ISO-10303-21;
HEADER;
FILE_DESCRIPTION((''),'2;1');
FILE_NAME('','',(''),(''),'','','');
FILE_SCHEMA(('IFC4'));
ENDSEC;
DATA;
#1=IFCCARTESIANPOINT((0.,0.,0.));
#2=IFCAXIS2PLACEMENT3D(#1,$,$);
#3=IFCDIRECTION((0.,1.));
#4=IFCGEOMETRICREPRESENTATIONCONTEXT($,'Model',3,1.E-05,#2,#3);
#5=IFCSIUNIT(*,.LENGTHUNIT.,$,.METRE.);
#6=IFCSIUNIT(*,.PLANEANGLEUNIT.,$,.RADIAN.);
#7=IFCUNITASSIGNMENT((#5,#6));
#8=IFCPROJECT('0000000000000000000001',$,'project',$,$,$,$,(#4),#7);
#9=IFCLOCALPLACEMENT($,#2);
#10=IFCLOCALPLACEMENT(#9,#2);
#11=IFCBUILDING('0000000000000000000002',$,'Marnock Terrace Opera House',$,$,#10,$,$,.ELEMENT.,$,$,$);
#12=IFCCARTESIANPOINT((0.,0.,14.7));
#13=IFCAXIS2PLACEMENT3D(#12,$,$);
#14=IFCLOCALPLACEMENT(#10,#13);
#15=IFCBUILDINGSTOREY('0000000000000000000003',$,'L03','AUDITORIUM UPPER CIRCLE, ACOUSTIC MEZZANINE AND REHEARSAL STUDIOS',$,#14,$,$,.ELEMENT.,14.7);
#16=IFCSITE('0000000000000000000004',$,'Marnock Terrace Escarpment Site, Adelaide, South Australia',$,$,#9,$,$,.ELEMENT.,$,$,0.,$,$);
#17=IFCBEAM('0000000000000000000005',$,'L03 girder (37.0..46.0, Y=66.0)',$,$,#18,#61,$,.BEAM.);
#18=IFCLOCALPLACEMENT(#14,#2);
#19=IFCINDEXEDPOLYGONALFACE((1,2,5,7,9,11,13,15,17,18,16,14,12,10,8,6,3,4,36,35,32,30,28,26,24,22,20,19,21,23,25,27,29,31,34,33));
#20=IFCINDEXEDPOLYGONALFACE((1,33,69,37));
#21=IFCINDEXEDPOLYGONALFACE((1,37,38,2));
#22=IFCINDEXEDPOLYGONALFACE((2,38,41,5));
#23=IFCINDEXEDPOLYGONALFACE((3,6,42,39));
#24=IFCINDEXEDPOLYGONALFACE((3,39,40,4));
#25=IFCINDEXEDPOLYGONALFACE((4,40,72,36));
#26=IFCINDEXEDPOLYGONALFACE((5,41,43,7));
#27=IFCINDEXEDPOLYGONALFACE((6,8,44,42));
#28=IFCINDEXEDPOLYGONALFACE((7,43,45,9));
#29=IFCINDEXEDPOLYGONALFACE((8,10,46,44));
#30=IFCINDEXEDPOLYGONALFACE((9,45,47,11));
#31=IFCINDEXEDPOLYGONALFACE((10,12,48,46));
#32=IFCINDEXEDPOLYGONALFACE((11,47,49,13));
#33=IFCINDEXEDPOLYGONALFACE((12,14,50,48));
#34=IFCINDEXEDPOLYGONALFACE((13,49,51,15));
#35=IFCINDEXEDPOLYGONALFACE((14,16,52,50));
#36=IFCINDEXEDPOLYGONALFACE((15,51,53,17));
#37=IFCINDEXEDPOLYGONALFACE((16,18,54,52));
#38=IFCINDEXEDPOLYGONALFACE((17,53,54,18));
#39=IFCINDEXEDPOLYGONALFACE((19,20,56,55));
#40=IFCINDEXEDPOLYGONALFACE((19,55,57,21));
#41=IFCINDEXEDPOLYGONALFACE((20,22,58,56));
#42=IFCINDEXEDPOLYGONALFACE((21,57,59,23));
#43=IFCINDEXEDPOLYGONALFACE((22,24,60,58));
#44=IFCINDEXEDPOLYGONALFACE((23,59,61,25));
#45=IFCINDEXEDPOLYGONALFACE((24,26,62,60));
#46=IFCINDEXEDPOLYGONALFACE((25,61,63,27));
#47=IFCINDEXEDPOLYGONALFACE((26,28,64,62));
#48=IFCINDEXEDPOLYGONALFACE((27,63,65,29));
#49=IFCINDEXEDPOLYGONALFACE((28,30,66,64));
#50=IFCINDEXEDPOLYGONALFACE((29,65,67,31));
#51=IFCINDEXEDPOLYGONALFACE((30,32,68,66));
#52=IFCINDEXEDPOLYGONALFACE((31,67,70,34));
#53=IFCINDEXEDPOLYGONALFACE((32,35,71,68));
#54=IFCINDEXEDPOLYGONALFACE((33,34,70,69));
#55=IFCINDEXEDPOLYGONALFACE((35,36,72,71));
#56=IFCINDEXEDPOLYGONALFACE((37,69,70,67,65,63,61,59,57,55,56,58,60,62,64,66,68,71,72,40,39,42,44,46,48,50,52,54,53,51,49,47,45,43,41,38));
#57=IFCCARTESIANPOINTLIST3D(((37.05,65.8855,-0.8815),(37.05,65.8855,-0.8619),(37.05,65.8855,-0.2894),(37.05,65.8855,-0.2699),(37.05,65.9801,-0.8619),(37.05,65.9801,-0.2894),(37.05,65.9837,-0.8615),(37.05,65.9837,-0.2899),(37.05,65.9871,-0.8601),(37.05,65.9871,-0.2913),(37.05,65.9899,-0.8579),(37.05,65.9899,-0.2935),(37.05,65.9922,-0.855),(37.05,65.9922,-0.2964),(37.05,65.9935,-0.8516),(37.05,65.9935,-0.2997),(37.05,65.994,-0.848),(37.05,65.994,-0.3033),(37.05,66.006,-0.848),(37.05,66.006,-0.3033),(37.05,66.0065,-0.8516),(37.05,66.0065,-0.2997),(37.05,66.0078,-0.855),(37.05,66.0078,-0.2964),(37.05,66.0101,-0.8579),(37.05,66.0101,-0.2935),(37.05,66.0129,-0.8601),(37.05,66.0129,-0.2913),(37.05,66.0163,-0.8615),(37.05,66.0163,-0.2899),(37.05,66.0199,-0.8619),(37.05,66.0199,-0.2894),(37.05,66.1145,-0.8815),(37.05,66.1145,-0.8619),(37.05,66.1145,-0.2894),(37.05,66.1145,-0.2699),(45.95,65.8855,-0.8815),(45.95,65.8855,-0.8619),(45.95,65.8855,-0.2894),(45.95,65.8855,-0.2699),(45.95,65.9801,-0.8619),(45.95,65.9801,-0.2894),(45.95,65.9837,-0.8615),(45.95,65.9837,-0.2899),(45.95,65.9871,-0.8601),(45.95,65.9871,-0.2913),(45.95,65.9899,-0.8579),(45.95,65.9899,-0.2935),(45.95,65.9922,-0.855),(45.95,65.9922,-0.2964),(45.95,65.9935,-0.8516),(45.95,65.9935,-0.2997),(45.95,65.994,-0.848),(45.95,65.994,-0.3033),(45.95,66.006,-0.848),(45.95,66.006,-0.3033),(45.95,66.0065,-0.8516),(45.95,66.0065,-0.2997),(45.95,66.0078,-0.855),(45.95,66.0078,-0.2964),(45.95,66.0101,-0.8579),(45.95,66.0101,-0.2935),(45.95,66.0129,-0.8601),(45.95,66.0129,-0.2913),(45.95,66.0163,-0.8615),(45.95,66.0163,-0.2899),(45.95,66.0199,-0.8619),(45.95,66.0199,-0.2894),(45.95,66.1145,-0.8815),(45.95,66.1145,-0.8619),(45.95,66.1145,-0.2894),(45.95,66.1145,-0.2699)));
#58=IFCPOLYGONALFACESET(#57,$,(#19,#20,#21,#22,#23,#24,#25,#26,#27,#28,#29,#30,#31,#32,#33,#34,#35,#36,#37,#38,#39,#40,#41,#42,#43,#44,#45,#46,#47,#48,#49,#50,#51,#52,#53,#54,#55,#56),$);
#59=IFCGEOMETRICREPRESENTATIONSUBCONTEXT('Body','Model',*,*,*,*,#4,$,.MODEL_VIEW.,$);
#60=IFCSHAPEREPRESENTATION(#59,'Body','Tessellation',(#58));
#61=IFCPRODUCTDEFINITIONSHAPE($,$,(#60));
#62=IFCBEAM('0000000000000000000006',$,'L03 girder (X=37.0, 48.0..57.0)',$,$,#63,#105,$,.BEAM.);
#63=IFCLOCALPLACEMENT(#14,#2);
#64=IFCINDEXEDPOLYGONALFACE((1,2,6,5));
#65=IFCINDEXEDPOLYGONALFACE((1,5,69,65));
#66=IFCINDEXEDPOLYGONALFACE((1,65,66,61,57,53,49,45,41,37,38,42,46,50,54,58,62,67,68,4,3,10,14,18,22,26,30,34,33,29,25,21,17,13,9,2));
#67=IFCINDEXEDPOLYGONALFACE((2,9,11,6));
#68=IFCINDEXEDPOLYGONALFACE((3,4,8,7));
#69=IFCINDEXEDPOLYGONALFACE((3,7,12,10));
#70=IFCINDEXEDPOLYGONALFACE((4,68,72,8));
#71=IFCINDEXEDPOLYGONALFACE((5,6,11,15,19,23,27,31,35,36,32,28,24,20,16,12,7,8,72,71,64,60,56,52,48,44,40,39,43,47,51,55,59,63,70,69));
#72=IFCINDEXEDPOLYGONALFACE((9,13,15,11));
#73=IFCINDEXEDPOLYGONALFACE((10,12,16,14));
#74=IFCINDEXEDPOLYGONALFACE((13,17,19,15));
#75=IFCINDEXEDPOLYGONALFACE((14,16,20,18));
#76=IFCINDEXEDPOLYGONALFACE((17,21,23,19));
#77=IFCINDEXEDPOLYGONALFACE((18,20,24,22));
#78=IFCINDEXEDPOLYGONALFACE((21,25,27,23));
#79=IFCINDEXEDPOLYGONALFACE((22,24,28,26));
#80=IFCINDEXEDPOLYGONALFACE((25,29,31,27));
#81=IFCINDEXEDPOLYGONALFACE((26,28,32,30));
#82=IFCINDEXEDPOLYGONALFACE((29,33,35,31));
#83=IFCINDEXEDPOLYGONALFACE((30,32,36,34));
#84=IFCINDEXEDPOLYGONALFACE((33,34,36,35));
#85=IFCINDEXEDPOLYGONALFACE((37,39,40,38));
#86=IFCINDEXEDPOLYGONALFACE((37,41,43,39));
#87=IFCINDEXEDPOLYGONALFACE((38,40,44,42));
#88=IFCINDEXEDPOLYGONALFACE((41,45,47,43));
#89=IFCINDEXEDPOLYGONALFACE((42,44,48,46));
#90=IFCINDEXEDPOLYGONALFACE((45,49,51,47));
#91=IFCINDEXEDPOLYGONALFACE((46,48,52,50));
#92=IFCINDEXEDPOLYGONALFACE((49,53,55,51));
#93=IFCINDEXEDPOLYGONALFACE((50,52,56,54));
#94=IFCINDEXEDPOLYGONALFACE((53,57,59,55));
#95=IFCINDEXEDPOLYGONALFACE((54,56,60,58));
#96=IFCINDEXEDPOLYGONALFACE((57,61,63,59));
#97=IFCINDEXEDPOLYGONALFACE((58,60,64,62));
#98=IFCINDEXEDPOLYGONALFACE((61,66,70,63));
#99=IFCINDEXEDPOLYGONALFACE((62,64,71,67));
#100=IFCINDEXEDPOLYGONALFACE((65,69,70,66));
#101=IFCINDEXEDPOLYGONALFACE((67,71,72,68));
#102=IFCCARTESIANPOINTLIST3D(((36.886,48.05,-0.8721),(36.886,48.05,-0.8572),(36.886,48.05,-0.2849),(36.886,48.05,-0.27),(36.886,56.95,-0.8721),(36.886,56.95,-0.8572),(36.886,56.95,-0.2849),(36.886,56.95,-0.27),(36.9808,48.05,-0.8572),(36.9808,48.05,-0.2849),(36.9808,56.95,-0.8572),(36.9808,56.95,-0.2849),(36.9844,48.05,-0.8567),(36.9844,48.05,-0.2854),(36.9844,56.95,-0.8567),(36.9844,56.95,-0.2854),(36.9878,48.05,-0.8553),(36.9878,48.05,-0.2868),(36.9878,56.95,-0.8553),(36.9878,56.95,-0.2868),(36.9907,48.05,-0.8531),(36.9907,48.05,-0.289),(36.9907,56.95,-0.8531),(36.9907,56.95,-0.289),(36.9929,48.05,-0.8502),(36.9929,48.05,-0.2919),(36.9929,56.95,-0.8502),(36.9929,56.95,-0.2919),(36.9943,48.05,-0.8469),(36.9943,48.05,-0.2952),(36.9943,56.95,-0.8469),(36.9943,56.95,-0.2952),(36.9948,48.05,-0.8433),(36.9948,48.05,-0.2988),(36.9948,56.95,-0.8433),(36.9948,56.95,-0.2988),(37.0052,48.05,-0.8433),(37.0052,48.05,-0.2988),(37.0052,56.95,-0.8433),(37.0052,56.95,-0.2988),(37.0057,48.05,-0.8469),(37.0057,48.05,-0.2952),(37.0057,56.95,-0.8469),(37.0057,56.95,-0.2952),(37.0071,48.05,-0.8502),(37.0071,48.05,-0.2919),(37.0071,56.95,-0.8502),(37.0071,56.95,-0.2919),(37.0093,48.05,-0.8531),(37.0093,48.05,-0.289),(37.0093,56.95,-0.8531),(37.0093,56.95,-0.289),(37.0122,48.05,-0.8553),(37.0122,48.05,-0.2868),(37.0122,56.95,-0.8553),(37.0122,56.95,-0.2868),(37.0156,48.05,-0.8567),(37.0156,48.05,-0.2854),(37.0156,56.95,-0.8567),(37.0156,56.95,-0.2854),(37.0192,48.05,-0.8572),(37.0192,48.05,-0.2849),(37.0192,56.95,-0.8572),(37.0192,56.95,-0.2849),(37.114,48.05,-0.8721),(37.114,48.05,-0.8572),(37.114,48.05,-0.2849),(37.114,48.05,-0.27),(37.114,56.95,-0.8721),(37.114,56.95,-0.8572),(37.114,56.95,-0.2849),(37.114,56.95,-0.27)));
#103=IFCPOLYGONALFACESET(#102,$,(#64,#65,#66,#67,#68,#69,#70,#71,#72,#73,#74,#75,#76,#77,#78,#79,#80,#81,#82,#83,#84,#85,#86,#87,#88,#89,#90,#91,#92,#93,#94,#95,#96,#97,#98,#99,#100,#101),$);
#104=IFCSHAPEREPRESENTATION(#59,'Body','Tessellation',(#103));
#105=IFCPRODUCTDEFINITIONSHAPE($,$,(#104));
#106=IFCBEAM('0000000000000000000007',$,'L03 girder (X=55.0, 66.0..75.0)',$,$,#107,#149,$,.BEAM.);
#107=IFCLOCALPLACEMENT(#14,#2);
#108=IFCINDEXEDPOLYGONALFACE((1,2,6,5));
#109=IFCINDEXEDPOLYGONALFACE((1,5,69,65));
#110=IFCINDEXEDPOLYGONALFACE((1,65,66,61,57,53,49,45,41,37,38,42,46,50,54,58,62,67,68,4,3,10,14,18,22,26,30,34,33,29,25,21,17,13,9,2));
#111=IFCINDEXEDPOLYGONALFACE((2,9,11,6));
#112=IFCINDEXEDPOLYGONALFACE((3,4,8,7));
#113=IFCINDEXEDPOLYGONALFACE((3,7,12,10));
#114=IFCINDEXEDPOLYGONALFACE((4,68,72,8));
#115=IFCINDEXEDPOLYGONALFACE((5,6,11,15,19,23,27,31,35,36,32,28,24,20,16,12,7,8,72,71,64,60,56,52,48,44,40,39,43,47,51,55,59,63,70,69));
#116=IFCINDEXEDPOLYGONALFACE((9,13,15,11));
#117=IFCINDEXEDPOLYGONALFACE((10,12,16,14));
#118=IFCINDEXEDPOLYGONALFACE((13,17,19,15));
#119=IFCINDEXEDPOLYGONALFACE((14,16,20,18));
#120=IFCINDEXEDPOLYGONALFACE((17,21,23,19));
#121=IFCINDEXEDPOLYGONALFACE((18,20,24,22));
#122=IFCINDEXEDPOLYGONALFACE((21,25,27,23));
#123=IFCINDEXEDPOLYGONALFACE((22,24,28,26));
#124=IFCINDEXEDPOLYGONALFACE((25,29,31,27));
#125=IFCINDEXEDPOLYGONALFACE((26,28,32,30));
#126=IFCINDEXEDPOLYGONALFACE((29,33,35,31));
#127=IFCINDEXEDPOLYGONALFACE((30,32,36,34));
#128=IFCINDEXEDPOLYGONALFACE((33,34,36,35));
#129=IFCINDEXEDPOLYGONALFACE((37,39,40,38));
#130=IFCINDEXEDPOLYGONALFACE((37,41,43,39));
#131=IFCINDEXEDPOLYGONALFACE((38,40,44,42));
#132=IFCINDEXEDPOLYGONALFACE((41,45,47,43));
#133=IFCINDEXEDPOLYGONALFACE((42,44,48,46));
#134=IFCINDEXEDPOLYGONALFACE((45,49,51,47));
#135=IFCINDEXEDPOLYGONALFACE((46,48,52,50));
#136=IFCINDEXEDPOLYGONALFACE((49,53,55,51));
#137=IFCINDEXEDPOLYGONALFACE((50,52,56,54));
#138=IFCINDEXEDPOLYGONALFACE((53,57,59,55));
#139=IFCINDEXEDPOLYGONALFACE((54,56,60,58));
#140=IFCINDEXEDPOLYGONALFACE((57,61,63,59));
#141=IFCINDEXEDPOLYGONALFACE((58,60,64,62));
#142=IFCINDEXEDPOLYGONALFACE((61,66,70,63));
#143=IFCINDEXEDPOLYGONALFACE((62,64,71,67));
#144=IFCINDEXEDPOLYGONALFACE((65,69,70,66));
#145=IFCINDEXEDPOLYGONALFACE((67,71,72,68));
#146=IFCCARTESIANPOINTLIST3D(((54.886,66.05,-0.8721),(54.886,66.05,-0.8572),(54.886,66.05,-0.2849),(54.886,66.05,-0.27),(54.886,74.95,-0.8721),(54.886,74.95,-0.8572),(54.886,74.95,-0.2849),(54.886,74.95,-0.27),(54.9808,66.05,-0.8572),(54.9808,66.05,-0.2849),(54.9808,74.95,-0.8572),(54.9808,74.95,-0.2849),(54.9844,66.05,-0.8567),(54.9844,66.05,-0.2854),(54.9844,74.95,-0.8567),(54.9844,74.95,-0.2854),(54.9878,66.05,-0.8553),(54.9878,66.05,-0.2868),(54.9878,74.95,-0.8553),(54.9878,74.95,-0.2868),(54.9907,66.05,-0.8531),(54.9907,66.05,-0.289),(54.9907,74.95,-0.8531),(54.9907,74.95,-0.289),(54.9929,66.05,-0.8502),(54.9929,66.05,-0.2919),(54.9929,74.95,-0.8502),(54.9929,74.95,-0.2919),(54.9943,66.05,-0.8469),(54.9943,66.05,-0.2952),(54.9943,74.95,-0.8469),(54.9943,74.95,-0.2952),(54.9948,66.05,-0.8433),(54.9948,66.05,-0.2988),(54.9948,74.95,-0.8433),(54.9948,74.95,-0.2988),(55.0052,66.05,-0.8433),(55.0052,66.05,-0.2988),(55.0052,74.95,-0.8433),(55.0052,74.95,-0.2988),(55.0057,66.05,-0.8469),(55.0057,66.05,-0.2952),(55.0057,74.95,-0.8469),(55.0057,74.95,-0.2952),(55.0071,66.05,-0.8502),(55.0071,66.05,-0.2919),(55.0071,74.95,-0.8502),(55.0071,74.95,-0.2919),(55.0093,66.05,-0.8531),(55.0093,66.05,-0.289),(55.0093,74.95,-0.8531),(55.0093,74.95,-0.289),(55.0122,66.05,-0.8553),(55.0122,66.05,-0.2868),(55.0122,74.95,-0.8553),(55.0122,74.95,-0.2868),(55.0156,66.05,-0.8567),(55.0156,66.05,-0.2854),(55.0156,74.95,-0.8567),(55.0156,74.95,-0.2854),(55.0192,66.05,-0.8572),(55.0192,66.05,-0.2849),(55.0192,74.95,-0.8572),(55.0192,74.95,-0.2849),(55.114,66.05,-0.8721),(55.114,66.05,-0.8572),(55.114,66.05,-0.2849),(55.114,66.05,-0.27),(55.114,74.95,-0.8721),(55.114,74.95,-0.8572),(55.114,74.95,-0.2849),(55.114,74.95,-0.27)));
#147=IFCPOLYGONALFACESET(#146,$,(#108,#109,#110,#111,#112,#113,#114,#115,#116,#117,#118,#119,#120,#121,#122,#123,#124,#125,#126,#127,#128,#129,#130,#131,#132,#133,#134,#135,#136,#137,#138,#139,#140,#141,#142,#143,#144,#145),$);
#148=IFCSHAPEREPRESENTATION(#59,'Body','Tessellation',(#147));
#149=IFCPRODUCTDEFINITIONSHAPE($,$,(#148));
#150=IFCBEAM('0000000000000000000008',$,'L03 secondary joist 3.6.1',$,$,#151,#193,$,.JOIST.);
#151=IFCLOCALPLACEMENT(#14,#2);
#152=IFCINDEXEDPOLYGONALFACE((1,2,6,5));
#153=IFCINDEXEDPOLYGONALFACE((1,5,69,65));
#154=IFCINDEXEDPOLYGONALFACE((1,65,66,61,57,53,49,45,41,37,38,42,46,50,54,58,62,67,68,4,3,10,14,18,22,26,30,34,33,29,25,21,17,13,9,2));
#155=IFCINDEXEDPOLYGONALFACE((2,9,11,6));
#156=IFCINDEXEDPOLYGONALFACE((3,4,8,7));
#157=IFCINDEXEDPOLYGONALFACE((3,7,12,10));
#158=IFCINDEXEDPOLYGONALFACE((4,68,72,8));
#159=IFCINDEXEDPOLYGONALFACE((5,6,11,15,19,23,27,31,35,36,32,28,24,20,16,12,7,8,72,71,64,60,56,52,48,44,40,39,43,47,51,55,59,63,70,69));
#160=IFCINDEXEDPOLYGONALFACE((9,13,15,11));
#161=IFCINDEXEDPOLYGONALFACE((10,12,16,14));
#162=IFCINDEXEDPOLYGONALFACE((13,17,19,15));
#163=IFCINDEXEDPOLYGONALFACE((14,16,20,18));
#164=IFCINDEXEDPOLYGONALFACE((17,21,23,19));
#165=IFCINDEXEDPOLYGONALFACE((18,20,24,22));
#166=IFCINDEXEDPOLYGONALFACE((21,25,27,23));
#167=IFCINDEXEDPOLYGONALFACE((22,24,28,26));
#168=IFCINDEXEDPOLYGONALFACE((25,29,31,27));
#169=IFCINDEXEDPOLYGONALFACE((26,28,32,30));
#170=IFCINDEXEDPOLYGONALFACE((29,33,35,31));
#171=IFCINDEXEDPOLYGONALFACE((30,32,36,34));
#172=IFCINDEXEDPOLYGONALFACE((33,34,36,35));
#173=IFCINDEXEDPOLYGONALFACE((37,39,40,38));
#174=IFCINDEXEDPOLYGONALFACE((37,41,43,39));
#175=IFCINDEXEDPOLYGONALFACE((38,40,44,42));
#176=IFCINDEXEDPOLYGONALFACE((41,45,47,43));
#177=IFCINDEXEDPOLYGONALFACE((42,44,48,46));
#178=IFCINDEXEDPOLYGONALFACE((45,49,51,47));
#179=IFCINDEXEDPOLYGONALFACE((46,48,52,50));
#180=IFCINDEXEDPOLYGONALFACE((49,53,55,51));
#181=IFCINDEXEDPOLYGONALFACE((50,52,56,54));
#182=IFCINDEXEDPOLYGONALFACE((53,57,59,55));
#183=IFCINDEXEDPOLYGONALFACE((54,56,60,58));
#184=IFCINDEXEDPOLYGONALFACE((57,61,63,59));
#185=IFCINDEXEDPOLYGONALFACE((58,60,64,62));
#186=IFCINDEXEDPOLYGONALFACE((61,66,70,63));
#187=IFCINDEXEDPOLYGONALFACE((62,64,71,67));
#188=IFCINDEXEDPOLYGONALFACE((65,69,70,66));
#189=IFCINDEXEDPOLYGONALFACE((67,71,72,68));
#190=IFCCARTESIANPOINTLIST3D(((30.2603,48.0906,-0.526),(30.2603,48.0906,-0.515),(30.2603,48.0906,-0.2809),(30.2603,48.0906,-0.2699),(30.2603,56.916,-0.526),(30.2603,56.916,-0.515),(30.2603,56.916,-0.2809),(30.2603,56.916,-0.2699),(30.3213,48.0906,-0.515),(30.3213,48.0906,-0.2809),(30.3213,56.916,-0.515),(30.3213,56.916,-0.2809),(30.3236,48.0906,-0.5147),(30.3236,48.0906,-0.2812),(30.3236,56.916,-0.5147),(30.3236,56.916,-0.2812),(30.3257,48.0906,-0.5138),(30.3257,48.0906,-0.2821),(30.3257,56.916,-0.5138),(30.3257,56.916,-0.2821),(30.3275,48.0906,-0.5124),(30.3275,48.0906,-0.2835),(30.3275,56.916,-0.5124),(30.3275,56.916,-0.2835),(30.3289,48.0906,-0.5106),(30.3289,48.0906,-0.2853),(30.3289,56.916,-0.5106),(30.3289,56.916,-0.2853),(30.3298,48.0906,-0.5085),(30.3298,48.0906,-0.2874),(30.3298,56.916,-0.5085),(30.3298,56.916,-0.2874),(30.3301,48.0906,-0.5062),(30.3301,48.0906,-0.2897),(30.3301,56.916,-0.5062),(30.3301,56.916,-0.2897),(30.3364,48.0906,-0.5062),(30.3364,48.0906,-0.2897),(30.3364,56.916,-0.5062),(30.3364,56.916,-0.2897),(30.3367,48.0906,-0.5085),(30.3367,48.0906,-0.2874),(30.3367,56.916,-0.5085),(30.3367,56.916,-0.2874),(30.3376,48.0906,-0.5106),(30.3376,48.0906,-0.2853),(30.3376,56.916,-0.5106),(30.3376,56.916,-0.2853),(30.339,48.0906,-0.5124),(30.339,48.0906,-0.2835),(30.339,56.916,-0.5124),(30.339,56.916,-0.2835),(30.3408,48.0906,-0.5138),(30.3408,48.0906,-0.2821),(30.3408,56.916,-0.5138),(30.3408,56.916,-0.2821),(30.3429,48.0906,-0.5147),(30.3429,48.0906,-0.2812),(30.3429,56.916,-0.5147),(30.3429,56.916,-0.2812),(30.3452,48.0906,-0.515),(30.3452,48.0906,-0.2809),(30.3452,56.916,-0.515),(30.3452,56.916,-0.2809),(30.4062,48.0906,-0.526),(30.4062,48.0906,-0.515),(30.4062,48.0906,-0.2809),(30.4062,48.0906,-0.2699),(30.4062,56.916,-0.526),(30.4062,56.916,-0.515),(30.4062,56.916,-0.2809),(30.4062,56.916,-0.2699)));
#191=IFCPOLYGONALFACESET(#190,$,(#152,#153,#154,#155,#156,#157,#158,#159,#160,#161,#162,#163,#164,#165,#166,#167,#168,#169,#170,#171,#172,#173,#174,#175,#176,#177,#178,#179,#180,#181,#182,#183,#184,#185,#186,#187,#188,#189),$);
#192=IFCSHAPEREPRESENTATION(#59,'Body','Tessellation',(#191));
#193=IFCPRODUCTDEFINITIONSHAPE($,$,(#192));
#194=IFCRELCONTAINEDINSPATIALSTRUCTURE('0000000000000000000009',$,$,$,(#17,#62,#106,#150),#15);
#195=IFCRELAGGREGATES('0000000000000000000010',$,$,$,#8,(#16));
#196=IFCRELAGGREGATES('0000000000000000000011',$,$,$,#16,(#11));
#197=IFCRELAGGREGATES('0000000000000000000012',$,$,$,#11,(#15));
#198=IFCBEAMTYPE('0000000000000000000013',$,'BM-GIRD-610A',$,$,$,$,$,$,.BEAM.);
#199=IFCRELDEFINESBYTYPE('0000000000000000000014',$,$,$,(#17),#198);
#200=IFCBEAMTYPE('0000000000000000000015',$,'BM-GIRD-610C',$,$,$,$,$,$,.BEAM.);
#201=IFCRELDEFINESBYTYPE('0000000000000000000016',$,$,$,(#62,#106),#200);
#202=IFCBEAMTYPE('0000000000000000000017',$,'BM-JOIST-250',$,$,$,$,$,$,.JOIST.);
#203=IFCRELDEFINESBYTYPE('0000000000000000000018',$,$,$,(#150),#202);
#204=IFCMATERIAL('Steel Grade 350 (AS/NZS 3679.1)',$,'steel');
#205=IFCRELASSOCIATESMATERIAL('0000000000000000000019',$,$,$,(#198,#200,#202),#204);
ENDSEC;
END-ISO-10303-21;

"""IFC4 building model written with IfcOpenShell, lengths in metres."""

from ifc_helpers import new_model, si_unit, direction, frame, origin, origin_2d, place, context, subcontext, project, spatial, i_section, extrude, material, material_profile, profile_set, type_object, element, save


model = new_model("IFC4")

# Units and contexts
model_context = context("Model", 3, precision=1e-05, world=origin(), true_north=direction((0.0, 1.0)))
body_context = subcontext(model_context, "Body", "Model", "MODEL_VIEW")
ifc_project = project(units=[si_unit("LENGTHUNIT", "METRE"), si_unit("PLANEANGLEUNIT", "RADIAN")], contexts=[model_context])

# Site, building, storey
site_placement = place(None, origin())
site = spatial("IfcSite", under=ifc_project, at=site_placement, Name="Marnock Terrace Escarpment Site, Adelaide, South Australia", CompositionType="ELEMENT", RefElevation=0.0)
building_placement = place(site_placement, origin())
building = spatial("IfcBuilding", under=site, at=building_placement, Name="Marnock Terrace Opera House", CompositionType="ELEMENT")
storey_placement = place(building_placement, frame((0.0, 0.0, 14.7)))
storey = spatial("IfcBuildingStorey", under=building, at=storey_placement, Name="L03", Description="AUDITORIUM UPPER CIRCLE, ACOUSTIC MEZZANINE AND REHEARSAL STUDIOS", CompositionType="ELEMENT", Elevation=14.7)

# Shared definitions
ifc_material_1 = material(Name="Steel Grade 350 (AS/NZS 3679.1)", Category="steel")

# Beams
ifc_material_profile_1 = material_profile(ifc_material_1, i_section(OverallWidth=0.229, OverallDepth=0.6116, WebThickness=0.012, FlangeThickness=0.0195, FilletRadius=0.0139, at=origin_2d()))
ifc_profile_set_1 = profile_set([ifc_material_profile_1], Name="Steel Grade 350 (AS/NZS 3679.1)")
beam_type_1 = type_object("IfcBeamType", Name="BM-GIRD-610A", PredefinedType="BEAM", material=ifc_profile_set_1)
beam_1_placement = place(storey_placement, frame((37.05, 66.0, -0.5757), z_axis=(1.0, 0.0, 0.0), x_axis=(0.0, 1.0, 0.0)))
element("IfcBeam", 1, at=beam_1_placement, inside=storey, type_object=beam_type_1, Name="L03 girder (37.0..46.0, Y=66.0)", PredefinedType="BEAM", context=body_context, shape_type="SweptSolid", body=[
    extrude(i_section(OverallWidth=0.229, OverallDepth=0.6116, WebThickness=0.012, FlangeThickness=0.0195, FilletRadius=0.0139, at=origin_2d()), origin(), (0.0, 0.0, 1.0), 8.8999),
])
ifc_material_profile_2 = material_profile(ifc_material_1, i_section(OverallWidth=0.228, OverallDepth=0.6021, WebThickness=0.0105, FlangeThickness=0.0149, FilletRadius=0.0139, at=origin_2d()))
ifc_profile_set_2 = profile_set([ifc_material_profile_2], Name="Steel Grade 350 (AS/NZS 3679.1)")
beam_type_2 = type_object("IfcBeamType", Name="BM-GIRD-610C", PredefinedType="BEAM", material=ifc_profile_set_2)
for number, where, z_axis, x_axis, name in (
    (2, (37.0, 48.05, -0.571), (0.0, 1.0, 0.0), (-1.0, 0.0, 0.0), "L03 girder (X=37.0, 48.0..57.0)"),
    (3, (55.0, 66.05, -0.571), (0.0, 1.0, 0.0), (-1.0, 0.0, 0.0), "L03 girder (X=55.0, 66.0..75.0)"),
):
    element("IfcBeam", number, at=place(storey_placement, frame(where, z_axis=z_axis, x_axis=x_axis)), inside=storey, type_object=beam_type_2, Name=name, PredefinedType="BEAM", context=body_context, shape_type="SweptSolid", body=[
        extrude(i_section(OverallWidth=0.228, OverallDepth=0.6021, WebThickness=0.0105, FlangeThickness=0.0149, FilletRadius=0.0139, at=origin_2d()), origin(), (0.0, 0.0, 1.0), 8.8999),
    ])
ifc_material_profile_3 = material_profile(ifc_material_1, i_section(OverallWidth=0.146, OverallDepth=0.2561, WebThickness=0.0063, FlangeThickness=0.011, FilletRadius=0.0088, at=origin_2d()))
ifc_profile_set_3 = profile_set([ifc_material_profile_3], Name="Steel Grade 350 (AS/NZS 3679.1)")
beam_type_3 = type_object("IfcBeamType", Name="BM-JOIST-250", PredefinedType="JOIST", material=ifc_profile_set_3)
for number, where, z_axis, x_axis, name in (
    (4, (30.3333, 48.0906, -0.3979), (0.0, 1.0, 0.0), (-1.0, 0.0, 0.0), "L03 secondary joist 3.6.1"),
):
    element("IfcBeam", number, at=place(storey_placement, frame(where, z_axis=z_axis, x_axis=x_axis)), inside=storey, type_object=beam_type_3, Name=name, PredefinedType="JOIST", context=body_context, shape_type="SweptSolid", body=[
        extrude(i_section(OverallWidth=0.146, OverallDepth=0.2561, WebThickness=0.0063, FlangeThickness=0.011, FilletRadius=0.0088, at=origin_2d()), origin(), (0.0, 0.0, 1.0), 8.8254),
    ])

save(model, "model.ifc")
